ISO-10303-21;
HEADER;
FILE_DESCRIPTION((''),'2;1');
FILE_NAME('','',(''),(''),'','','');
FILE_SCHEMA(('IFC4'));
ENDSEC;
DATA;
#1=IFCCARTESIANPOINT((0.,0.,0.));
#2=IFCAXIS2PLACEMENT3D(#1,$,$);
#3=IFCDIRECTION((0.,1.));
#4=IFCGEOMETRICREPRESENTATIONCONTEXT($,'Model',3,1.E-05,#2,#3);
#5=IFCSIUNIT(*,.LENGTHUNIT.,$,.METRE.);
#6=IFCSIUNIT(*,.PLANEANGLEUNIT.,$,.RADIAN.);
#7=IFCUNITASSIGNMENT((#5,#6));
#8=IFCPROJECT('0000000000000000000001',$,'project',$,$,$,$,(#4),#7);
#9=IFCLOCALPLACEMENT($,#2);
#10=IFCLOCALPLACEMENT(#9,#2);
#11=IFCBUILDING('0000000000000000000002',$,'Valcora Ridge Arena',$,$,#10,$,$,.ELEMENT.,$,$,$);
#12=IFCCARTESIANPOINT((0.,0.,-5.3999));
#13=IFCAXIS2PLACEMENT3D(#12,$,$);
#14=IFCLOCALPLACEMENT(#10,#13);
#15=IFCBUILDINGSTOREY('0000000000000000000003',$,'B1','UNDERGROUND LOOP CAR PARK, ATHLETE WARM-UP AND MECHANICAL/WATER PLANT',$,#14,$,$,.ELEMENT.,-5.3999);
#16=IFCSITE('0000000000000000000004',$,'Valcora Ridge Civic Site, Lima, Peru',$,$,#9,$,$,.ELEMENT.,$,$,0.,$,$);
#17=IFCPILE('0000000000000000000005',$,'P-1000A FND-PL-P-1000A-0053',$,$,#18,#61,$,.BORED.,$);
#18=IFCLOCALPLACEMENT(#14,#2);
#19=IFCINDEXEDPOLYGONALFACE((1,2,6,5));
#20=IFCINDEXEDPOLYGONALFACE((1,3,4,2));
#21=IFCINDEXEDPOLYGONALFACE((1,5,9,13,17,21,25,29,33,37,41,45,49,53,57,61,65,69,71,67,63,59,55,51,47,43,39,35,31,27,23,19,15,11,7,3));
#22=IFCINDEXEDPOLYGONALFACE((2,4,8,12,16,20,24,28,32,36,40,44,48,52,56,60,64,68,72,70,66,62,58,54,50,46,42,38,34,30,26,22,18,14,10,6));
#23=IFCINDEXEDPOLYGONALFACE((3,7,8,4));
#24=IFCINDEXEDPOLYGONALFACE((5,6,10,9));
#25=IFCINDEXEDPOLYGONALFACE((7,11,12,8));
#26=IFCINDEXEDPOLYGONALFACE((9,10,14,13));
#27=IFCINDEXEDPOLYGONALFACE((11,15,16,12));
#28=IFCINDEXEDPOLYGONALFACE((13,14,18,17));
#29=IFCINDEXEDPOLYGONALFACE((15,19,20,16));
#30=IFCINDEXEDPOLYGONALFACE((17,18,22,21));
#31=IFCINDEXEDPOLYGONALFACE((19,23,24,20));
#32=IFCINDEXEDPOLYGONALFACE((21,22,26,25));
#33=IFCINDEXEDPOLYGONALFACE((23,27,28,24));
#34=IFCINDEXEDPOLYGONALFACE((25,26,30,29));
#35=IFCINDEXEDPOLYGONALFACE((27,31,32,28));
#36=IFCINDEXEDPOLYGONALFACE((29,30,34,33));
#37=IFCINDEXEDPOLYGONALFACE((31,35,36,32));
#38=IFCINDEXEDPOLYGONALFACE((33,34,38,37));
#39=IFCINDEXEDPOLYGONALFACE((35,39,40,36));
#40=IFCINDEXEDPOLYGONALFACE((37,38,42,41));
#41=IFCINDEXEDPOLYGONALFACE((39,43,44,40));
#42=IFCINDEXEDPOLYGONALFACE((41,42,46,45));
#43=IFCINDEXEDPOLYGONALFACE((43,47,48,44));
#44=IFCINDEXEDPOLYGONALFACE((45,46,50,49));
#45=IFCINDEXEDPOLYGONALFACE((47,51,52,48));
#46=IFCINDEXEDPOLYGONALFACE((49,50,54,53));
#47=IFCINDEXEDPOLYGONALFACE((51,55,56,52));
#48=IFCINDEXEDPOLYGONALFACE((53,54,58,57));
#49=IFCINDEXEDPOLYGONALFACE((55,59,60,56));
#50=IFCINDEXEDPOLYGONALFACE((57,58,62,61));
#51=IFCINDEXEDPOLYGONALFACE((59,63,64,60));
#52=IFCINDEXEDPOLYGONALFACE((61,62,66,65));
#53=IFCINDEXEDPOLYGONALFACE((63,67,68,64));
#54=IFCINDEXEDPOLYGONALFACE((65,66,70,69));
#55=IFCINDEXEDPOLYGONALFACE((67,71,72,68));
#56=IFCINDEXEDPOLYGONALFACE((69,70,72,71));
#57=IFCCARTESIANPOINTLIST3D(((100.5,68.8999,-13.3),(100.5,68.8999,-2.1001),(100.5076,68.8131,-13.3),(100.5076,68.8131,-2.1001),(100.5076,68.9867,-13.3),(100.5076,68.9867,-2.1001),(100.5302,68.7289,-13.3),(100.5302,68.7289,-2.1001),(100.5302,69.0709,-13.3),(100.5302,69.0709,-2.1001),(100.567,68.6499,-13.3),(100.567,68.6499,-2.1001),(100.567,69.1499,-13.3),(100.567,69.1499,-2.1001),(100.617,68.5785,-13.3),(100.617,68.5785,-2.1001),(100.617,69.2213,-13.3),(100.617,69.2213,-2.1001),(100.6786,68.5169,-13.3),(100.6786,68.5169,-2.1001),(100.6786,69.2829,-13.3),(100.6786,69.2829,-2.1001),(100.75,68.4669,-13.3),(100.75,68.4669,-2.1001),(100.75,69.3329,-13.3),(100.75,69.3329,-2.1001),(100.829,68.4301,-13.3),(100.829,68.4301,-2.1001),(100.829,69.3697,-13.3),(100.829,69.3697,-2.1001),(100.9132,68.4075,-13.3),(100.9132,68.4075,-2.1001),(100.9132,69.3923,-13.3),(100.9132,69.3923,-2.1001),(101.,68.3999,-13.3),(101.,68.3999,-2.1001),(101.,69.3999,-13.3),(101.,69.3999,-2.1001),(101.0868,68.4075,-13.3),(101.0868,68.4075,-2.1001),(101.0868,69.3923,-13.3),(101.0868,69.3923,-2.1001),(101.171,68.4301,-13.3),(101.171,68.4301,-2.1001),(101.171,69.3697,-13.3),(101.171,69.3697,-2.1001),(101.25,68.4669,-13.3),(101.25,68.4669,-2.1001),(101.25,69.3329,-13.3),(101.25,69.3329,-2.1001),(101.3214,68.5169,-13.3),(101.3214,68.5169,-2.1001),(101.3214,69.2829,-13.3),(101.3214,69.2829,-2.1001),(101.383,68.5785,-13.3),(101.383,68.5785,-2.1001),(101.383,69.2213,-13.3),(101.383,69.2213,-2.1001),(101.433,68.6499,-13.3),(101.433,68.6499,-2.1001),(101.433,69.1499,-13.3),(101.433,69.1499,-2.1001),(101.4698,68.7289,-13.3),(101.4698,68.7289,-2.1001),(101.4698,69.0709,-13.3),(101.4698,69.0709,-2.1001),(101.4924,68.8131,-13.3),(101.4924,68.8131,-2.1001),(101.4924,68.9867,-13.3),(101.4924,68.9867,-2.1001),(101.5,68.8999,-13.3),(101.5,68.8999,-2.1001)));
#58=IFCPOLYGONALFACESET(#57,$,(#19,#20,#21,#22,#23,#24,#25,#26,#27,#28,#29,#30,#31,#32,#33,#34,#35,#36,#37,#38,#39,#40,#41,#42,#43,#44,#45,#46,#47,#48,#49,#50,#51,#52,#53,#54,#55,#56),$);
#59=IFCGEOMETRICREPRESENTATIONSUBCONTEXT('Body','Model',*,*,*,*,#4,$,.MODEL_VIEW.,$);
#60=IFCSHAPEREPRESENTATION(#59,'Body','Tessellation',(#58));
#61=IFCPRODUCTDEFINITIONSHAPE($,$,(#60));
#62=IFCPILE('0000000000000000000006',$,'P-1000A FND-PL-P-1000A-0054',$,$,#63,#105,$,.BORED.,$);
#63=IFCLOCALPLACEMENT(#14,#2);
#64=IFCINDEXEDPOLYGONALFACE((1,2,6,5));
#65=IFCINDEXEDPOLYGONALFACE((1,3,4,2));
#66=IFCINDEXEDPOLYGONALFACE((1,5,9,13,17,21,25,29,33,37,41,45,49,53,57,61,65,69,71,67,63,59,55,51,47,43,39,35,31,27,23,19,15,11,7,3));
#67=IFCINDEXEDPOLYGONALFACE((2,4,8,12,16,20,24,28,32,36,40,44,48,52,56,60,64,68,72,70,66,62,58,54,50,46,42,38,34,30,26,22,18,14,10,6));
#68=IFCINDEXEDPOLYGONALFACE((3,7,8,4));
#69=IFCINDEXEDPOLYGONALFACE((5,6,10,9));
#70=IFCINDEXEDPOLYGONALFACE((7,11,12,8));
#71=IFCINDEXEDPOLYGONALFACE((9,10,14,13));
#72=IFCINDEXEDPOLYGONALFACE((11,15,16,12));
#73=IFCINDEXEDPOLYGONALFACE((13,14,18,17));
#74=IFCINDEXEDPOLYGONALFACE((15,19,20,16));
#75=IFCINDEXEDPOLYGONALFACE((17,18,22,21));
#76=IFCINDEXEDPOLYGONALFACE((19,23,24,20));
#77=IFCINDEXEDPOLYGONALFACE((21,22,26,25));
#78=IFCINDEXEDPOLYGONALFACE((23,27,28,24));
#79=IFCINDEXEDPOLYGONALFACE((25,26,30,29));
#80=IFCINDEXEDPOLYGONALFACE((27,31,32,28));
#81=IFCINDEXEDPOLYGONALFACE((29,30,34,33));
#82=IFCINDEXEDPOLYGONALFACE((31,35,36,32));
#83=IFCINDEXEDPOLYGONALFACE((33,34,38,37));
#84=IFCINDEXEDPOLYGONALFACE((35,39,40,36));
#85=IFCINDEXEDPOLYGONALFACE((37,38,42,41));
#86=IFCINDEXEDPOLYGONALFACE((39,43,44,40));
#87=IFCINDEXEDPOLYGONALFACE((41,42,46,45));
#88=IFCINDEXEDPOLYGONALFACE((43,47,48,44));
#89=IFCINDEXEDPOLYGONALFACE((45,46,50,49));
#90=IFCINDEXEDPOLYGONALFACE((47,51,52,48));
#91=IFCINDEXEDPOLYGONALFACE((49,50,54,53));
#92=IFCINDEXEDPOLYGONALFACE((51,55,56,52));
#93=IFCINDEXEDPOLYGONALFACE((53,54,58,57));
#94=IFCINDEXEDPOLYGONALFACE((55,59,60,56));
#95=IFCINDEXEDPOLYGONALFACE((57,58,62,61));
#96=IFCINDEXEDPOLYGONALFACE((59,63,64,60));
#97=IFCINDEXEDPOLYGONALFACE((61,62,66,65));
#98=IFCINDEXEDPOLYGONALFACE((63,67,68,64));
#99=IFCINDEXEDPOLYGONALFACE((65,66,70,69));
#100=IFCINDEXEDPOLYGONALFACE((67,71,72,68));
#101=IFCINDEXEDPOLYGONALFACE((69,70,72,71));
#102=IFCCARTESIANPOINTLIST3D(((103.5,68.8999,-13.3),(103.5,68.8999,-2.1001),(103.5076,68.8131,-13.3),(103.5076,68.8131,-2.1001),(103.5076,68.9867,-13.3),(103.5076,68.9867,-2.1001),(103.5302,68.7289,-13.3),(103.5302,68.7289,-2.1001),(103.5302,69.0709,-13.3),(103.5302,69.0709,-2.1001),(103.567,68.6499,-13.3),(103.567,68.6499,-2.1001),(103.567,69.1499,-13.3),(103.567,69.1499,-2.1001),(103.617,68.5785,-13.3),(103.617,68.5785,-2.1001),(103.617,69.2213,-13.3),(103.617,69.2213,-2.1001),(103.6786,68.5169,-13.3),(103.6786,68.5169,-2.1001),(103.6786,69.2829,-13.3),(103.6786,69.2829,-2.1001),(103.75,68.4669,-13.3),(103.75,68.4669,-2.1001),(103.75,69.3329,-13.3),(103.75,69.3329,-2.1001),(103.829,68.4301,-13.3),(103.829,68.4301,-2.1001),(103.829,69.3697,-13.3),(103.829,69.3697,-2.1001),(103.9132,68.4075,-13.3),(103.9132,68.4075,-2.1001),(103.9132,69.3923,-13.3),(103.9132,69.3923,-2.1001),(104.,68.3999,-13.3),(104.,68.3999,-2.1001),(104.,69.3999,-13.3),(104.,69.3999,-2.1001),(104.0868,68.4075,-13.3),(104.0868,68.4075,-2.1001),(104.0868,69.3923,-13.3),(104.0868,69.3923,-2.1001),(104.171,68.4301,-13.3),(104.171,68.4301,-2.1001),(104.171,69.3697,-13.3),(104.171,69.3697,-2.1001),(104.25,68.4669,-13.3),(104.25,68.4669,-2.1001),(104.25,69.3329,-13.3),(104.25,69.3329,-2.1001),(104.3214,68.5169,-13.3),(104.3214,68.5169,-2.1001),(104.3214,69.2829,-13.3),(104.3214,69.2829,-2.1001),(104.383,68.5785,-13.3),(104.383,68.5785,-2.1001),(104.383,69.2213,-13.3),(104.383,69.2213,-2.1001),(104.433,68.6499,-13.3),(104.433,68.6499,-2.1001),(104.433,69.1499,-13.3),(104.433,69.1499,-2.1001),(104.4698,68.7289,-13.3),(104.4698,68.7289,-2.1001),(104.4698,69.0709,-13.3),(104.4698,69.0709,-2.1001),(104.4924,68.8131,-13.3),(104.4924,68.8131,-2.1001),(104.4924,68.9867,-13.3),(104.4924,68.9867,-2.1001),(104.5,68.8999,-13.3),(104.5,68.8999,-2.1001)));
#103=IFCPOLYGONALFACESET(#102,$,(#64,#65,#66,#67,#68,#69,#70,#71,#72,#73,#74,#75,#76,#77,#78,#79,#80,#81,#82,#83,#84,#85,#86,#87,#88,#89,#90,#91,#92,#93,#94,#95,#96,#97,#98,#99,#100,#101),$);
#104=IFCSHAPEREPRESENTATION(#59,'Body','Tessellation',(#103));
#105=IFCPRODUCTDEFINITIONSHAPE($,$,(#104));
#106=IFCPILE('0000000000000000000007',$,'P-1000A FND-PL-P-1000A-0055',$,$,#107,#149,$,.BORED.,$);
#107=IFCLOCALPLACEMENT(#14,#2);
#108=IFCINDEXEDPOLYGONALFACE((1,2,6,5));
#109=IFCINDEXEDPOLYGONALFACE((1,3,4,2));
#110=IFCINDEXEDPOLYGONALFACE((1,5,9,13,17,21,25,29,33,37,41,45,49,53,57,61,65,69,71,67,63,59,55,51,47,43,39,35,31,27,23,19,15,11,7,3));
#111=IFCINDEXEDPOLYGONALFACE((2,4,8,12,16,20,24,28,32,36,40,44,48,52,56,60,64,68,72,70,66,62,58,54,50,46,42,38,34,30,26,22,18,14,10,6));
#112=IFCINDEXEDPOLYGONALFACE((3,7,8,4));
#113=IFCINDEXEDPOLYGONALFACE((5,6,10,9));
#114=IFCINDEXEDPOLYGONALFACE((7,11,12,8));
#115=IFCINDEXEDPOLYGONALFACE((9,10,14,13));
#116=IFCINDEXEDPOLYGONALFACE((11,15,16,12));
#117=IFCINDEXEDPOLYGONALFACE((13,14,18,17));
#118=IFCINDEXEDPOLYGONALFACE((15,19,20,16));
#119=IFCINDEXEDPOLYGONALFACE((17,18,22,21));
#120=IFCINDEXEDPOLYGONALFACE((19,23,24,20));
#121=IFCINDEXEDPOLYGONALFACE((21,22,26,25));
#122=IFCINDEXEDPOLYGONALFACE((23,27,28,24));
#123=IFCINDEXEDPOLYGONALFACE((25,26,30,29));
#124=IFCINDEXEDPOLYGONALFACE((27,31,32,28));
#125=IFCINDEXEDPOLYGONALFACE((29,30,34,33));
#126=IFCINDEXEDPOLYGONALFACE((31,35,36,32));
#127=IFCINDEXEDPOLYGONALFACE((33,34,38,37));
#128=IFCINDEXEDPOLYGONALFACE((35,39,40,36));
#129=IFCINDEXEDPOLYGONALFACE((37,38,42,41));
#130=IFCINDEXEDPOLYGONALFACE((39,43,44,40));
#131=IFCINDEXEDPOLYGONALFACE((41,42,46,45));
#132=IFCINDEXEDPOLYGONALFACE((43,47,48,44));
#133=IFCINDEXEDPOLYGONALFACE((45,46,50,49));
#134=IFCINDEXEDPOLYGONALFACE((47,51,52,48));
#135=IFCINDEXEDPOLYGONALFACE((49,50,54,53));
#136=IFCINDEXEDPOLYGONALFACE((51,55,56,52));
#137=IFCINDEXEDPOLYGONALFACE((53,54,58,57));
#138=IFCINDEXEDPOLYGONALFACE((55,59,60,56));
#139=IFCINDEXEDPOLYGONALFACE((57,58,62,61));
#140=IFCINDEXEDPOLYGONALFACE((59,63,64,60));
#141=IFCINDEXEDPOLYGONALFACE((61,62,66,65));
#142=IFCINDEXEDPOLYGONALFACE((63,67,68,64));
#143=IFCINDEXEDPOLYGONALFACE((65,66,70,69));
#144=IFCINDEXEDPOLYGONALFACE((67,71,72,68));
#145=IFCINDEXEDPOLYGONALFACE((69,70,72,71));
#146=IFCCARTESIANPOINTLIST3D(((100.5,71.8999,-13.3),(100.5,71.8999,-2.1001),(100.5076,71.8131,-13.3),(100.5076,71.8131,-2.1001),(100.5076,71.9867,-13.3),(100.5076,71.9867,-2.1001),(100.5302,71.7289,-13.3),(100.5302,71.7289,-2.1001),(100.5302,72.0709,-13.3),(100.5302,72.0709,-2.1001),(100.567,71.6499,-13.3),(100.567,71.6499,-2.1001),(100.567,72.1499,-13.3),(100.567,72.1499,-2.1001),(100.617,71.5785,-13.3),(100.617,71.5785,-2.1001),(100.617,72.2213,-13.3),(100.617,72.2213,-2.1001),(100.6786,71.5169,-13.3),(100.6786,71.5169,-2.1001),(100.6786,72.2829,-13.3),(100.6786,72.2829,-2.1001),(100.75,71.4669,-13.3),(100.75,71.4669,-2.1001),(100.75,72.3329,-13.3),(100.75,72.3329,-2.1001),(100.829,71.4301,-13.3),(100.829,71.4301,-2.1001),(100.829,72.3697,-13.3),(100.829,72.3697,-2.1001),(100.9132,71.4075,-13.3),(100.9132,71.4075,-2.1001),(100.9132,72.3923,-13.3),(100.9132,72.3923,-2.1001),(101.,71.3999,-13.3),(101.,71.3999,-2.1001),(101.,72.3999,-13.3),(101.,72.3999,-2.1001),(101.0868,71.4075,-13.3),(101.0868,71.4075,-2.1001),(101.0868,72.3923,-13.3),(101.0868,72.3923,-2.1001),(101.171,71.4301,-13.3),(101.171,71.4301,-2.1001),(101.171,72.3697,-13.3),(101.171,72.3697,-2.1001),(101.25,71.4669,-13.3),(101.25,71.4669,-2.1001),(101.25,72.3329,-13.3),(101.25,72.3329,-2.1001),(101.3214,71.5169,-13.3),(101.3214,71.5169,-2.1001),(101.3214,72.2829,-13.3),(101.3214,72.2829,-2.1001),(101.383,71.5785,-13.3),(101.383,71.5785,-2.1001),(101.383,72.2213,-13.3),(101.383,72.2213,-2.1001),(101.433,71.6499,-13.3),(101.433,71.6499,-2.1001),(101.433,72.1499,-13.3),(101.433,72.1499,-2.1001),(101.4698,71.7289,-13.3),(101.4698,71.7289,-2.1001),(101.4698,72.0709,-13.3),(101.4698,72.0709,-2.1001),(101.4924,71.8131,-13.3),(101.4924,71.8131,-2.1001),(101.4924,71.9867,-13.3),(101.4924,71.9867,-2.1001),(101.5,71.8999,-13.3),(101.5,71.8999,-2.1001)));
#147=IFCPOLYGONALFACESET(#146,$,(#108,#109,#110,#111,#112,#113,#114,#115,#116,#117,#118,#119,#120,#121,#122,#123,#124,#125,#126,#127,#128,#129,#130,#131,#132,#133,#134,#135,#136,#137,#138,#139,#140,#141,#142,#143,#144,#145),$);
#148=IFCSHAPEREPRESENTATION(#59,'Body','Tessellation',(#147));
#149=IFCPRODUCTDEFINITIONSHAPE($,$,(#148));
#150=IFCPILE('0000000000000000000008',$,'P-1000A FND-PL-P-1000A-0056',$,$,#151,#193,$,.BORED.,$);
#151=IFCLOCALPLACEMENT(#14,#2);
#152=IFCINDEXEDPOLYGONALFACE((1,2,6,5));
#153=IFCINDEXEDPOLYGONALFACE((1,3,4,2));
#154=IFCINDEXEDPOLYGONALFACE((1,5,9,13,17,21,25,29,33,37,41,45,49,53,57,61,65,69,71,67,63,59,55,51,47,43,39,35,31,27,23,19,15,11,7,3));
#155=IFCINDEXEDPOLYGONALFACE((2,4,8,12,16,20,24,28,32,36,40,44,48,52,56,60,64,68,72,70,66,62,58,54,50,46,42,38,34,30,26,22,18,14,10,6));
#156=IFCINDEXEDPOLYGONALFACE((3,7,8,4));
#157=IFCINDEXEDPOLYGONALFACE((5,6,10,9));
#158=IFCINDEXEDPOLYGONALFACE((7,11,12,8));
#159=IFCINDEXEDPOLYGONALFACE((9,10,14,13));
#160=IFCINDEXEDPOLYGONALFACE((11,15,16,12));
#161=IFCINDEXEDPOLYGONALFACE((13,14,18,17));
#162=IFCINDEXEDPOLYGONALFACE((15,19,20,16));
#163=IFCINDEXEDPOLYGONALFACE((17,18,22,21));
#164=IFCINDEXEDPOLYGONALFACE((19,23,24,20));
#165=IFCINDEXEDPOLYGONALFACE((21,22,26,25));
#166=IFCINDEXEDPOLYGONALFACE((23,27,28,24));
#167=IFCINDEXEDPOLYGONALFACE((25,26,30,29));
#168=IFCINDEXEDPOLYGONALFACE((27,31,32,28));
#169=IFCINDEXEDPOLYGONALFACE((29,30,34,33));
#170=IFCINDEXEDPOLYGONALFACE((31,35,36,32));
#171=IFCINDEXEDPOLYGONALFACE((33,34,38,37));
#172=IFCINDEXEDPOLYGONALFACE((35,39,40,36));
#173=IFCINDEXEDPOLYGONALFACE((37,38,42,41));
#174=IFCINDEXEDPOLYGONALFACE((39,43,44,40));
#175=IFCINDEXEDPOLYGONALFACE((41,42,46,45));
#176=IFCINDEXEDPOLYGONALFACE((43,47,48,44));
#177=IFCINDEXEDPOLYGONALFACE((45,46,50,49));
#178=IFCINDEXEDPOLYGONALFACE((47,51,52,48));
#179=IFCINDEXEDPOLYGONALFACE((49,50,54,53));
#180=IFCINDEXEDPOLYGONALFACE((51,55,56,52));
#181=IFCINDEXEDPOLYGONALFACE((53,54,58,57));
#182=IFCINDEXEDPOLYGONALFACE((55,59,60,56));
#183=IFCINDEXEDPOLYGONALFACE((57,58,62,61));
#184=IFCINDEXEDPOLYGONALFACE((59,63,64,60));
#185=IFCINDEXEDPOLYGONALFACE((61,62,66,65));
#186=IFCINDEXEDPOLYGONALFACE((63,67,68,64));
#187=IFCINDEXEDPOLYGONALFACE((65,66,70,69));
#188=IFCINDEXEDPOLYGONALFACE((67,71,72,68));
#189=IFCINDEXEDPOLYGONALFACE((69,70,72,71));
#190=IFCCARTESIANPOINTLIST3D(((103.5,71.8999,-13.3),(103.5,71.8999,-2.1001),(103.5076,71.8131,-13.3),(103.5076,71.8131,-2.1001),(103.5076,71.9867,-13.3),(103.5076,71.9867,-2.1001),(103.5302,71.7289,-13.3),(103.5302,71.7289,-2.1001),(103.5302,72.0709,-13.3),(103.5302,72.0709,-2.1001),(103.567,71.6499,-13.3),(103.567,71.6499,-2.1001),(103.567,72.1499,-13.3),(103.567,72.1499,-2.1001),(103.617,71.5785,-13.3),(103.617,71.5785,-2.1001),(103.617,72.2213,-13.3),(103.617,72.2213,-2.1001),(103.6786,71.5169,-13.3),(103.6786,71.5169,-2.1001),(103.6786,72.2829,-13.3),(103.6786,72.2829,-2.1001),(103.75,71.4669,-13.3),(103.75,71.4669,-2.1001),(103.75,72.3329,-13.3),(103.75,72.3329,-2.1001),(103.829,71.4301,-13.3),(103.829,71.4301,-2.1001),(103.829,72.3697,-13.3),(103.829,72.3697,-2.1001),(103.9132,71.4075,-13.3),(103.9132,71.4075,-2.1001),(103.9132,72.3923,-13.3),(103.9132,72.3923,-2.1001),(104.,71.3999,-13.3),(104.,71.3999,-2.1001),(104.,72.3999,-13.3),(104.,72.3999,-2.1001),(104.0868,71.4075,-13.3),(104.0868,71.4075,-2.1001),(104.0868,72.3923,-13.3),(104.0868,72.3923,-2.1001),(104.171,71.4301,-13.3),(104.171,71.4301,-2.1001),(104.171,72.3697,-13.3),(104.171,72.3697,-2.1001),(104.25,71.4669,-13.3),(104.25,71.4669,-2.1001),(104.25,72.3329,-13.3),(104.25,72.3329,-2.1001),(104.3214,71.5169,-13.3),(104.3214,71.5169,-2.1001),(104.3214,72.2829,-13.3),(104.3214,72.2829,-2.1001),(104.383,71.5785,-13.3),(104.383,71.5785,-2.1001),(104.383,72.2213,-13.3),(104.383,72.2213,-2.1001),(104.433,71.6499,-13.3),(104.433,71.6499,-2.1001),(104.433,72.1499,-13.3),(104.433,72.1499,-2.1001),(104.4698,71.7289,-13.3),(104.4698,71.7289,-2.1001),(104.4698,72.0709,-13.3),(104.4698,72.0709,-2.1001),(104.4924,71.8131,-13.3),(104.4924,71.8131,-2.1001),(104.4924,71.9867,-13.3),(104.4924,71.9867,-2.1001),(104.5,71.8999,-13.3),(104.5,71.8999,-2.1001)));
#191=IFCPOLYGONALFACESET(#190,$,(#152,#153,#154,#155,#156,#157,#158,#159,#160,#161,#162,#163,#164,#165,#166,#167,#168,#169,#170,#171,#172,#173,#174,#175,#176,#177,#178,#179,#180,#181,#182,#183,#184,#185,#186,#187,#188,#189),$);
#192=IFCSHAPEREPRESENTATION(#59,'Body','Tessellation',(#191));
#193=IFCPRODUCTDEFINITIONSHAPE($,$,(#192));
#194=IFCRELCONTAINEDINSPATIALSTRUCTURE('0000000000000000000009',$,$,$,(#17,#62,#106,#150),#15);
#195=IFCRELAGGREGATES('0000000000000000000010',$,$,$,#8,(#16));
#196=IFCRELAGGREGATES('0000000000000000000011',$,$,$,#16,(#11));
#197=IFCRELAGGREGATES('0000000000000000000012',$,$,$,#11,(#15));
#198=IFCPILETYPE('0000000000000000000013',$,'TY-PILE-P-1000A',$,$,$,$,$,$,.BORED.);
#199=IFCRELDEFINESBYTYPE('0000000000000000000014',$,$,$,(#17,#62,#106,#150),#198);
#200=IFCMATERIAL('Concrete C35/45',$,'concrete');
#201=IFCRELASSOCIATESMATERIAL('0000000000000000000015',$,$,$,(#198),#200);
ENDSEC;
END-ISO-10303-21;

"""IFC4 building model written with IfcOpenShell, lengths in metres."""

from ifc_helpers import new_model, si_unit, direction, frame, origin, origin_2d, place, context, subcontext, project, spatial, circle, extrude, material, material_profile, profile_set, type_object, element, save


model = new_model("IFC4")

# Units and contexts
model_context = context("Model", 3, precision=1e-05, world=origin(), true_north=direction((0.0, 1.0)))
body_context = subcontext(model_context, "Body", "Model", "MODEL_VIEW")
ifc_project = project(units=[si_unit("LENGTHUNIT", "METRE"), si_unit("PLANEANGLEUNIT", "RADIAN")], contexts=[model_context])

# Site, building, storey
site_placement = place(None, origin())
site = spatial("IfcSite", under=ifc_project, at=site_placement, Name="Valcora Ridge Civic Site, Lima, Peru", CompositionType="ELEMENT", RefElevation=0.0)
building_placement = place(site_placement, origin())
building = spatial("IfcBuilding", under=site, at=building_placement, Name="Valcora Ridge Arena", CompositionType="ELEMENT")
storey_placement = place(building_placement, frame((0.0, 0.0, -5.3999)))
storey = spatial("IfcBuildingStorey", under=building, at=storey_placement, Name="B1", Description="UNDERGROUND LOOP CAR PARK, ATHLETE WARM-UP AND MECHANICAL/WATER PLANT", CompositionType="ELEMENT", Elevation=-5.3999)

# Piles
ifc_material_1 = material(Name="Concrete C35/45", Category="concrete")
ifc_material_profile_1 = material_profile(ifc_material_1, circle(Radius=0.5, at=origin_2d()), Name="BORED PILE D1000")
ifc_profile_set_1 = profile_set([ifc_material_profile_1], Name="Concrete C35/45")
pile_type_1 = type_object("IfcPileType", Name="TY-PILE-P-1000A", PredefinedType="BORED", material=ifc_profile_set_1)
for number, where, z_axis, x_axis, name in (
    (1, (101.0, 68.8999, -2.1001), (0.0, 0.0, -1.0), (1.0, 0.0, 0.0), "P-1000A FND-PL-P-1000A-0053"),
    (2, (104.0, 68.8999, -2.1001), (0.0, 0.0, -1.0), (1.0, 0.0, 0.0), "P-1000A FND-PL-P-1000A-0054"),
    (3, (101.0, 71.8999, -2.1001), (0.0, 0.0, -1.0), (1.0, 0.0, 0.0), "P-1000A FND-PL-P-1000A-0055"),
    (4, (104.0, 71.8999, -2.1001), (0.0, 0.0, -1.0), (1.0, 0.0, 0.0), "P-1000A FND-PL-P-1000A-0056"),
):
    element("IfcPile", number, at=place(storey_placement, frame(where, z_axis=z_axis, x_axis=x_axis)), inside=storey, type_object=pile_type_1, Name=name, PredefinedType="BORED", context=body_context, shape_type="SweptSolid", body=[
        extrude(circle(Radius=0.5, at=origin_2d()), origin(), (0.0, 0.0, 1.0), 11.2),
    ])

save(model, "model.ifc")
